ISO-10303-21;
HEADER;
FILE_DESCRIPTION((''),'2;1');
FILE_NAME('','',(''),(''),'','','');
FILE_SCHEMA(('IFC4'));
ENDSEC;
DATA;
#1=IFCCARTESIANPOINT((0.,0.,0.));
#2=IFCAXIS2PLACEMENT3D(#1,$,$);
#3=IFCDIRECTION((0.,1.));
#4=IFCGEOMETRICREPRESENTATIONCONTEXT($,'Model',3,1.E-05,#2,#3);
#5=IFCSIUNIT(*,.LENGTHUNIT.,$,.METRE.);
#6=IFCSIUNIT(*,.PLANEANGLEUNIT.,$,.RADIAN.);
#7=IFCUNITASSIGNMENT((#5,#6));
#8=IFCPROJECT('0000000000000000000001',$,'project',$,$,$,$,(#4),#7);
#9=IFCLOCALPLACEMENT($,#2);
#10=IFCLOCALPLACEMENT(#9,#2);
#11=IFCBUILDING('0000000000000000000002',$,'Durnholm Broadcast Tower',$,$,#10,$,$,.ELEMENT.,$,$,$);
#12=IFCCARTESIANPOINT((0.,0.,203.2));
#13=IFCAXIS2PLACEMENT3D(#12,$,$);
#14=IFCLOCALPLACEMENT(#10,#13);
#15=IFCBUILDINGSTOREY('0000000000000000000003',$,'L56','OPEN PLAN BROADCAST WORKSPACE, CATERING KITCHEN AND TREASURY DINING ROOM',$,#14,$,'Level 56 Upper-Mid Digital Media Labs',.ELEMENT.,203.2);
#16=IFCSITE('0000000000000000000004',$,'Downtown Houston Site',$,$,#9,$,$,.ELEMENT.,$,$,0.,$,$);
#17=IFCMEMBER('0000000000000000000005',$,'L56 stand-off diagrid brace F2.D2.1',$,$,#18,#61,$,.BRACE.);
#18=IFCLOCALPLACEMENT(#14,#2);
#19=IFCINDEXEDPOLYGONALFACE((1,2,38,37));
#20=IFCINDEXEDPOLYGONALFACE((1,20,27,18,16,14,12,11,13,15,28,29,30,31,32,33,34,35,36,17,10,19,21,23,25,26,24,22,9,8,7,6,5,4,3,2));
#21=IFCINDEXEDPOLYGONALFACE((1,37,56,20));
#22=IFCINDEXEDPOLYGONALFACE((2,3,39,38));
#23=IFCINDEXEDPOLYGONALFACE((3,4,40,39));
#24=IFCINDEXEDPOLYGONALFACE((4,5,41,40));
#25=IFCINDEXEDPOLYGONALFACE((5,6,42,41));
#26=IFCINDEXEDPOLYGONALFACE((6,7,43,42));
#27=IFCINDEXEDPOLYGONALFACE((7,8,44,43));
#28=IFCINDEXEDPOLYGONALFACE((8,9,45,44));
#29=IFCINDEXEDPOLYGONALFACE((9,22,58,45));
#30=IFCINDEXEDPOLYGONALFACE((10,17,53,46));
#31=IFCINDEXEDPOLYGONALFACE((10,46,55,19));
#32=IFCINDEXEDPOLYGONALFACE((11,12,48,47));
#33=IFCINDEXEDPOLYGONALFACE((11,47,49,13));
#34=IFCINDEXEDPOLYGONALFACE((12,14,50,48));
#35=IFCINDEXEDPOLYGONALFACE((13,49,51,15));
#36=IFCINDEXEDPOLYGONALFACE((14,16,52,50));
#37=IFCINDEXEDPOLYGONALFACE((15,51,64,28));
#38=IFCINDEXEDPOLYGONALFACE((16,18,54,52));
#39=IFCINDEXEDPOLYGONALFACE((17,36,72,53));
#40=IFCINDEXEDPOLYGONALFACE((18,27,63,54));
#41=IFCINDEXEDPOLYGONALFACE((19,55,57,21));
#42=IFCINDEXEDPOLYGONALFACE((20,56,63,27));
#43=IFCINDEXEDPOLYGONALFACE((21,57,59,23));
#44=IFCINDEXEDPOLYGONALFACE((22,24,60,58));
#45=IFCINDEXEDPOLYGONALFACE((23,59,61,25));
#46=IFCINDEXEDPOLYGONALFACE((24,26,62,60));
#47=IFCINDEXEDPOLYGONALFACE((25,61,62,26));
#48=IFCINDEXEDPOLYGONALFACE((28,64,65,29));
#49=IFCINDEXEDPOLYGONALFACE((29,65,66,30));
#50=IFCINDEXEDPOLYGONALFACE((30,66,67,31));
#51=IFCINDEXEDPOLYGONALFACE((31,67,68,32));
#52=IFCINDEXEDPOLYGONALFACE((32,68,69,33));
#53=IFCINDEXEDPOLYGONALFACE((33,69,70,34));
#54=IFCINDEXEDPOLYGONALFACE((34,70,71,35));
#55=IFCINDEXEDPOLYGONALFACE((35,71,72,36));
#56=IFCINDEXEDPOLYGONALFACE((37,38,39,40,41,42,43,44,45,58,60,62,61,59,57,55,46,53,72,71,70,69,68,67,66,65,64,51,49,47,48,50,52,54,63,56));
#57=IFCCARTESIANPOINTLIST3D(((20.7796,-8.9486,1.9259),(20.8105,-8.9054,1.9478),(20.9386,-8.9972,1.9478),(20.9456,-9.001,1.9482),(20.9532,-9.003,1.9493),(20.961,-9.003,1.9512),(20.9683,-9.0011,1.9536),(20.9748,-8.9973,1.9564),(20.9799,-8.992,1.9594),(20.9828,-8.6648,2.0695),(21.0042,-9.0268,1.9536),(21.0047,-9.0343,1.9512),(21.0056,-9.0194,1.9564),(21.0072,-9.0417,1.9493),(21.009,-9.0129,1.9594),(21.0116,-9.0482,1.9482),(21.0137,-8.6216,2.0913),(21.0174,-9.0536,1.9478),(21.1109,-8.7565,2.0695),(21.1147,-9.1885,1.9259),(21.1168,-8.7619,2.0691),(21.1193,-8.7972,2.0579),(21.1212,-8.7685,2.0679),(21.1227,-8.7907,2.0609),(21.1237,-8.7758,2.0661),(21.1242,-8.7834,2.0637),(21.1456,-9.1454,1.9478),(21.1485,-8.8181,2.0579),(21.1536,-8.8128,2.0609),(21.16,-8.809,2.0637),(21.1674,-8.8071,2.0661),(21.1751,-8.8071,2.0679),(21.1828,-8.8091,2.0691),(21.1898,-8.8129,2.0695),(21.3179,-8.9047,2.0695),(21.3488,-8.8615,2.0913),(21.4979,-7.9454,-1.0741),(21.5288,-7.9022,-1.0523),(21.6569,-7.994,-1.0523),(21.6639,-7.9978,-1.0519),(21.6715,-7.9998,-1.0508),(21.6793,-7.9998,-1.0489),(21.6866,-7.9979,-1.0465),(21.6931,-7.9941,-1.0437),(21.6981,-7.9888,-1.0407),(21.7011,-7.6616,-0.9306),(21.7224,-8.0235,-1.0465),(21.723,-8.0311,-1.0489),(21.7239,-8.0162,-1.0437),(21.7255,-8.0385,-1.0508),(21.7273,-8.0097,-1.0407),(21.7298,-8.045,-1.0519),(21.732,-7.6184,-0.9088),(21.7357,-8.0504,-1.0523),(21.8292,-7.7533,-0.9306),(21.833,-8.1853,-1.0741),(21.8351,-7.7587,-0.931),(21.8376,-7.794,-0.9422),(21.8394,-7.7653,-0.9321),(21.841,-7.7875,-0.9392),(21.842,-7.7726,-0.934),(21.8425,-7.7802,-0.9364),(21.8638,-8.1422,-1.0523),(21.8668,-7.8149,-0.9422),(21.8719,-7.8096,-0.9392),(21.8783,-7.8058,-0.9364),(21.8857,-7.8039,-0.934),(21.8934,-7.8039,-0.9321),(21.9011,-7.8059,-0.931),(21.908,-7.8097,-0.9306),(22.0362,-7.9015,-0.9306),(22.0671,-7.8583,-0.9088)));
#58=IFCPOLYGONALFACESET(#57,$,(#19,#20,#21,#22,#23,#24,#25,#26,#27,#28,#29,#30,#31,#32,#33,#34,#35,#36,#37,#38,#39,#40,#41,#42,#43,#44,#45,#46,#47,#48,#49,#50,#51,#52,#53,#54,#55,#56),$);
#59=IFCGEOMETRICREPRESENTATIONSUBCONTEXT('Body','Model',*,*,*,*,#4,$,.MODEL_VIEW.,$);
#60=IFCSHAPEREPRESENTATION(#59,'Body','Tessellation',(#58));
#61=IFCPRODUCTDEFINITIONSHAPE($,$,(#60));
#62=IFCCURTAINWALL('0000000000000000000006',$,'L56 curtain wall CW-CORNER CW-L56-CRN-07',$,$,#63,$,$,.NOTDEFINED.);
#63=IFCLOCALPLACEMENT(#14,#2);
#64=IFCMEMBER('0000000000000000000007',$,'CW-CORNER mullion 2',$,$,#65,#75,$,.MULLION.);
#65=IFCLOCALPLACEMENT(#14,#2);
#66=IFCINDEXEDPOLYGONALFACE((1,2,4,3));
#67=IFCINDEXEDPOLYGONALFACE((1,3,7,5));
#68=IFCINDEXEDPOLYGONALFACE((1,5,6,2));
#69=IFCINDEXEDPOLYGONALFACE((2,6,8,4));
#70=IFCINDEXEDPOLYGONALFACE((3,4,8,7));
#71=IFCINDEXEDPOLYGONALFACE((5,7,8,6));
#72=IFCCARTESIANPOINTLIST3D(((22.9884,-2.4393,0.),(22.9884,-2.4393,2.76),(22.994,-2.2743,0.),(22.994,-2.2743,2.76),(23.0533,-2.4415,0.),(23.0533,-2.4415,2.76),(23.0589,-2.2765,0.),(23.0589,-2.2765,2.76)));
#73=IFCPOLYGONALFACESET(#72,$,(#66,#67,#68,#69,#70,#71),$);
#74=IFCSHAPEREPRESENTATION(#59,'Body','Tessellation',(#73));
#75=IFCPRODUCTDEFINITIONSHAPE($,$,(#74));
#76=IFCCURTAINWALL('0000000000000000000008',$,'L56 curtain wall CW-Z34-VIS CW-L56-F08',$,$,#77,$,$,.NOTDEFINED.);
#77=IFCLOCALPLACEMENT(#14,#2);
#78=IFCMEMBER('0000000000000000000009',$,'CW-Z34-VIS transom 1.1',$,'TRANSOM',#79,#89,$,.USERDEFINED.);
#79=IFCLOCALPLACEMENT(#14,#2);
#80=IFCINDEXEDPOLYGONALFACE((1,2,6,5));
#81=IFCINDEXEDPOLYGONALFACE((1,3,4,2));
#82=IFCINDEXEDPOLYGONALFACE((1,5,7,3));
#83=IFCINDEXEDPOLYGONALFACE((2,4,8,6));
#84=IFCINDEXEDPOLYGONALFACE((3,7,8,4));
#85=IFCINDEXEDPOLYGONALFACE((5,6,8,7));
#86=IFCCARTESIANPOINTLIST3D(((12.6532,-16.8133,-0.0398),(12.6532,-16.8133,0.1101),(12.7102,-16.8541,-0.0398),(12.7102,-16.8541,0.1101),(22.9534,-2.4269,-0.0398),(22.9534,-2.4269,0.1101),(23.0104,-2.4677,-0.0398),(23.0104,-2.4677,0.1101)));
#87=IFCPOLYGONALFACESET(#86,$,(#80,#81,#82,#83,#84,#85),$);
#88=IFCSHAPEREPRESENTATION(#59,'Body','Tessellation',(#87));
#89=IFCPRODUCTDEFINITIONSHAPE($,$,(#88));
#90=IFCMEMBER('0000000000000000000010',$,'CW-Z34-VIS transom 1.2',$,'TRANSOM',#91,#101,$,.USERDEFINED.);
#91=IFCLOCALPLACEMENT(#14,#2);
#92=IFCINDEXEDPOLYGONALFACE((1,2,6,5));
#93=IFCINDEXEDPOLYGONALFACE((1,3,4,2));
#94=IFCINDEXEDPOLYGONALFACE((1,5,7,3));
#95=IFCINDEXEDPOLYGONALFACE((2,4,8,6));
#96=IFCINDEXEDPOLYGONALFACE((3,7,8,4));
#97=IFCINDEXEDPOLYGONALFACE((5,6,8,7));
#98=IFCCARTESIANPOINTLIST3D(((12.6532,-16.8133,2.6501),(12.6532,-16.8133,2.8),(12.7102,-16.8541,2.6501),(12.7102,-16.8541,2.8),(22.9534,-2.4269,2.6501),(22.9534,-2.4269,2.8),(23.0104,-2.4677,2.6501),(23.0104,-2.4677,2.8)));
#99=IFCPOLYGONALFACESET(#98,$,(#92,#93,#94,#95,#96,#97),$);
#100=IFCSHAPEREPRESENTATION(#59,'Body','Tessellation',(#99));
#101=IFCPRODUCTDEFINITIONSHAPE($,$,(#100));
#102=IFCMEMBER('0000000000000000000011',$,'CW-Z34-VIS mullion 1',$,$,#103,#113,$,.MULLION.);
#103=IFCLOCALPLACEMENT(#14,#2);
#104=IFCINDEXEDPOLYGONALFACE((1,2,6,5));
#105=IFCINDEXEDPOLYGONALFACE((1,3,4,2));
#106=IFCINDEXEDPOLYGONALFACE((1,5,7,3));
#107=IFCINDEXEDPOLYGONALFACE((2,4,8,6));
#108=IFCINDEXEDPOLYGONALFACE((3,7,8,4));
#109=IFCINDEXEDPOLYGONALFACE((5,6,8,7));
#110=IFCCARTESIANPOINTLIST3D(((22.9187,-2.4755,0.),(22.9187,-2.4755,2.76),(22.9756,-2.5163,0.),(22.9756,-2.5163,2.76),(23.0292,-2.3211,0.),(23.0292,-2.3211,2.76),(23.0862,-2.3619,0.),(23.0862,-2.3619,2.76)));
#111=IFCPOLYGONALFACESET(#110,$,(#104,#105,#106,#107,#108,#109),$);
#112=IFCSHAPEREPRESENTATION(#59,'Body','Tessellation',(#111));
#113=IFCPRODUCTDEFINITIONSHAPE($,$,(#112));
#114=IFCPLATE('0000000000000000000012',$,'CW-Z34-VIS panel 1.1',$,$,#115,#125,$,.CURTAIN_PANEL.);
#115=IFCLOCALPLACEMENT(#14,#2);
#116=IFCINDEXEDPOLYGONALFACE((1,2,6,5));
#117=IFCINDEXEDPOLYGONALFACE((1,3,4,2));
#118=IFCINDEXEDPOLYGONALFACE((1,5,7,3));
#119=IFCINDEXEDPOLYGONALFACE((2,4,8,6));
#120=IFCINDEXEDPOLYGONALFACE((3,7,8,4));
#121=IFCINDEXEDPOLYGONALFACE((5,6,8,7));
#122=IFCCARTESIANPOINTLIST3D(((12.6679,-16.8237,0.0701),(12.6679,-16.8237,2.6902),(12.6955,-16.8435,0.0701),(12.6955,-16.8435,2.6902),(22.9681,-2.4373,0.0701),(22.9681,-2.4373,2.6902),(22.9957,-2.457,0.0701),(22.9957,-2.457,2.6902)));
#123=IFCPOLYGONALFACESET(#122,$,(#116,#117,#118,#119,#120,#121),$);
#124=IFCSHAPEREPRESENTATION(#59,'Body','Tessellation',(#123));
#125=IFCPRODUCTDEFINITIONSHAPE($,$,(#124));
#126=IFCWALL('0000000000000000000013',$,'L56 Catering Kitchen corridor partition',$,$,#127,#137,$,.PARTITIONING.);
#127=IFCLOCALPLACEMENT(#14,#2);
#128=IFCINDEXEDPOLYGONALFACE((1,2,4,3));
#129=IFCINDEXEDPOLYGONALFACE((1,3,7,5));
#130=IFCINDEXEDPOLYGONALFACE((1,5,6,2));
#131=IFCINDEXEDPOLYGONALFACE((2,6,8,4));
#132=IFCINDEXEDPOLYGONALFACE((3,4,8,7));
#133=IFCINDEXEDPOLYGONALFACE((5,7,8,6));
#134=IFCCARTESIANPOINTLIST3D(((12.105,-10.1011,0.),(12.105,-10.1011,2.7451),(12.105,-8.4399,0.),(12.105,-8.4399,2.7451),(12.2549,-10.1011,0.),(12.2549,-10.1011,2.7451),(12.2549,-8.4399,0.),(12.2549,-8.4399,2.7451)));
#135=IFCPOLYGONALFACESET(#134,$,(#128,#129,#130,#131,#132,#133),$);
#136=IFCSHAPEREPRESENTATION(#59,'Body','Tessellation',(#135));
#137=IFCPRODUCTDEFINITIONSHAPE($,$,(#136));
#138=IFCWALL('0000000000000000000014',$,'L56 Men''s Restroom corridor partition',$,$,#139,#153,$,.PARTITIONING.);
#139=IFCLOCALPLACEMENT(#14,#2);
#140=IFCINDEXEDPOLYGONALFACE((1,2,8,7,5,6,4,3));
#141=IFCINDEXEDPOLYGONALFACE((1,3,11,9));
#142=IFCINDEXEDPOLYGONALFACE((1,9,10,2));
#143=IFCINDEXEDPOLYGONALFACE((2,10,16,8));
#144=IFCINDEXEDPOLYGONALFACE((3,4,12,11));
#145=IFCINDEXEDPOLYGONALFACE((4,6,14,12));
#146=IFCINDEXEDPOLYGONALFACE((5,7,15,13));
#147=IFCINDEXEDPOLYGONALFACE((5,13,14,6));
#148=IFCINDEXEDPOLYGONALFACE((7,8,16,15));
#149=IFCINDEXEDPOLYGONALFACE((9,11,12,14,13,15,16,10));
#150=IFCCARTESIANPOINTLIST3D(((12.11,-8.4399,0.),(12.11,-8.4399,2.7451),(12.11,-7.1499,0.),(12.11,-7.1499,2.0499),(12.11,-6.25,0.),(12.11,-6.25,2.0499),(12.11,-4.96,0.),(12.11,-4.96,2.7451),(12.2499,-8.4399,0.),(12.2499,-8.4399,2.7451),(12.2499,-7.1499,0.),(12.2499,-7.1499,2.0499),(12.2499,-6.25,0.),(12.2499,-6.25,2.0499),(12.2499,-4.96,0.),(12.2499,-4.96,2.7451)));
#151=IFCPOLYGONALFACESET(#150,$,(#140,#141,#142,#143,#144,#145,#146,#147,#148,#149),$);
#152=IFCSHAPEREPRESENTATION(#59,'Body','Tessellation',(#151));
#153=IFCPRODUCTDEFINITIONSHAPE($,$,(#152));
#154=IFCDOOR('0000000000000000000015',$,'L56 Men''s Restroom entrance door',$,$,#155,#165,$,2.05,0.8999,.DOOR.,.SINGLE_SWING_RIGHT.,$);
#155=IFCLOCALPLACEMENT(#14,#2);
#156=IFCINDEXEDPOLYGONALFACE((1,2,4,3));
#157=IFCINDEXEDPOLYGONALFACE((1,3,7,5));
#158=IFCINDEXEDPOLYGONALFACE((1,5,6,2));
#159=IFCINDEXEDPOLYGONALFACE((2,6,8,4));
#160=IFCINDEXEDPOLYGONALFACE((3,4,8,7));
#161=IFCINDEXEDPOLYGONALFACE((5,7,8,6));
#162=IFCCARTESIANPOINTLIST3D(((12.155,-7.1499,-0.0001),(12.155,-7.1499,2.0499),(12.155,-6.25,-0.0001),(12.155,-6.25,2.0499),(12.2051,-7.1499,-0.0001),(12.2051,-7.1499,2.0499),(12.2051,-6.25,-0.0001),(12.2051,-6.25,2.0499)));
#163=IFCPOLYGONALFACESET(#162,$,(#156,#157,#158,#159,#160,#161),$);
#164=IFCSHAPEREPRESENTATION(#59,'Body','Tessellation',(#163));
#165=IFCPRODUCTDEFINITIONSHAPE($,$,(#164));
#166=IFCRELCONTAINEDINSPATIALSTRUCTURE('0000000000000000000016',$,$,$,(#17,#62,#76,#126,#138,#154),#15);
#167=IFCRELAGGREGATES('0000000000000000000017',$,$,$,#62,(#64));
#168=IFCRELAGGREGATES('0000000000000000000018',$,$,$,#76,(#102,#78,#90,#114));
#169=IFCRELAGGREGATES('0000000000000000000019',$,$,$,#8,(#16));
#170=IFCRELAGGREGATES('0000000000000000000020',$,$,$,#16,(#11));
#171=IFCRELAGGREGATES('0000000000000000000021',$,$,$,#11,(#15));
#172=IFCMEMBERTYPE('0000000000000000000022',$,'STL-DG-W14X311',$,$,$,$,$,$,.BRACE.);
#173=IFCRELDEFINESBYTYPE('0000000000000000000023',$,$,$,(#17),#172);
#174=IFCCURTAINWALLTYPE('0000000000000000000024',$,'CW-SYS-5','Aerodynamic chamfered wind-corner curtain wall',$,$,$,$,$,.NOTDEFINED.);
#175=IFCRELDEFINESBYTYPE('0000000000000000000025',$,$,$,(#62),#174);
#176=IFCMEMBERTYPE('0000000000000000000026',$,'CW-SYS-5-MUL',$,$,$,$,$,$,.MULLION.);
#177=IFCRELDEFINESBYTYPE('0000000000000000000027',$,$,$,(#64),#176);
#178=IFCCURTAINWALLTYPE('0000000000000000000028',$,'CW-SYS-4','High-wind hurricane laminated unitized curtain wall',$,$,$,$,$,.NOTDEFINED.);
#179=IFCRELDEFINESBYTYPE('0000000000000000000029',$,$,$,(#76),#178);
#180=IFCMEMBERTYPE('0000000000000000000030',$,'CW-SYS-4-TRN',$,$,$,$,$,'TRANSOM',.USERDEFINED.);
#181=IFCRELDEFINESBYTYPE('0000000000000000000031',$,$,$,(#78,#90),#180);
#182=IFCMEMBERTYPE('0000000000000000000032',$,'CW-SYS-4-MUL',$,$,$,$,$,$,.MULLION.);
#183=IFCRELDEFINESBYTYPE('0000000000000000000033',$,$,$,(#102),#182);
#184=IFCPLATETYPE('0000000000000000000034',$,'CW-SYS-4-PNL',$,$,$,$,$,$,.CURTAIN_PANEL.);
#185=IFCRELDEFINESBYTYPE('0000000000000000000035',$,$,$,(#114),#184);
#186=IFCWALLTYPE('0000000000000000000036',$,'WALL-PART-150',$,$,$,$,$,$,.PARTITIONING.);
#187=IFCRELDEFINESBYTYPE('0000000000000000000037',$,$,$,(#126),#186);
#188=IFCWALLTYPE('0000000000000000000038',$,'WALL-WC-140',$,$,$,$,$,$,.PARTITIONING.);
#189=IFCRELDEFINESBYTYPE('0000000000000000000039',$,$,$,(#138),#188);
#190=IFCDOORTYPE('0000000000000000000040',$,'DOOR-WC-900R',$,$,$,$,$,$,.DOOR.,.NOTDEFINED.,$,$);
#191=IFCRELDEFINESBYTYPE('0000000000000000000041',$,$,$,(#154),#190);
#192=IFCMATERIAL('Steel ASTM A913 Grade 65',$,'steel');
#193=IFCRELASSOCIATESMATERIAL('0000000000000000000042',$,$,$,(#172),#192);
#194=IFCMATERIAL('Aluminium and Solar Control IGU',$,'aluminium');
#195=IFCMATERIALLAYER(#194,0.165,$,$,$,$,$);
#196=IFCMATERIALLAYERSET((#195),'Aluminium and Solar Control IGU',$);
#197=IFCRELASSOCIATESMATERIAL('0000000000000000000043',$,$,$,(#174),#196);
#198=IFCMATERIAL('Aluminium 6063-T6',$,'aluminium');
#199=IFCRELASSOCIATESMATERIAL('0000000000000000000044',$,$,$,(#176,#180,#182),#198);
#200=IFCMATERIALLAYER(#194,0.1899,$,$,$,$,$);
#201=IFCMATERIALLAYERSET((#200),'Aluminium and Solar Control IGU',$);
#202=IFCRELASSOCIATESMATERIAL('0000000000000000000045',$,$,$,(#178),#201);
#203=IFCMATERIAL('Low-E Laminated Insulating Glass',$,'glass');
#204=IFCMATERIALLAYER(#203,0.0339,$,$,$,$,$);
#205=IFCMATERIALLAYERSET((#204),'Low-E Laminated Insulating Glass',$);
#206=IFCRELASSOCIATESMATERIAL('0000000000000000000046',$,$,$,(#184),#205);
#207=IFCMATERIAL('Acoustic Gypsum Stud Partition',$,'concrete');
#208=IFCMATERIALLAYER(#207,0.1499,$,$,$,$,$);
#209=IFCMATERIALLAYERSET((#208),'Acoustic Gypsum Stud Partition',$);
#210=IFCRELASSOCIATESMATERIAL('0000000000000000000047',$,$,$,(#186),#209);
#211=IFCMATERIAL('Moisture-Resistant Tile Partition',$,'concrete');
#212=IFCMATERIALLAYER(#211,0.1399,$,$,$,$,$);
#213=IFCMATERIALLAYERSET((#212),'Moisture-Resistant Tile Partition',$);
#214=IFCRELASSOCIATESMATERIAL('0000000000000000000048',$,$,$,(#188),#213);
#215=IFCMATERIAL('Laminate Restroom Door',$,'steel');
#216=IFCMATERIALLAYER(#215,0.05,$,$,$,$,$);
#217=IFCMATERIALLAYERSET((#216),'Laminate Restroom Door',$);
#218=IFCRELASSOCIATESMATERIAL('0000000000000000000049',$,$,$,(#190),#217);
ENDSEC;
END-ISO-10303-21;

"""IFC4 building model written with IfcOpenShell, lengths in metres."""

from ifc_helpers import new_model, si_unit, direction, frame, frame_2d, origin, origin_2d, place, context, subcontext, project, spatial, rectangle, i_section, extrude, source, transform, mapped, material, layer, layer_set, material_profile, profile_set, type_object, type_shapes, element, fill, aggregate, save


model = new_model("IFC4")

# Units and contexts
model_context = context("Model", 3, precision=1e-05, world=origin(), true_north=direction((0.0, 1.0)))
body_context = subcontext(model_context, "Body", "Model", "MODEL_VIEW")
ifc_project = project(units=[si_unit("LENGTHUNIT", "METRE"), si_unit("PLANEANGLEUNIT", "RADIAN")], contexts=[model_context])

# Site, building, storey
site_placement = place(None, origin())
site = spatial("IfcSite", under=ifc_project, at=site_placement, Name="Downtown Houston Site", CompositionType="ELEMENT", RefElevation=0.0)
building_placement = place(site_placement, origin())
building = spatial("IfcBuilding", under=site, at=building_placement, Name="Durnholm Broadcast Tower", CompositionType="ELEMENT")
storey_placement = place(building_placement, frame((0.0, 0.0, 203.2)))
storey = spatial("IfcBuildingStorey", under=building, at=storey_placement, Name="L56", Description="OPEN PLAN BROADCAST WORKSPACE, CATERING KITCHEN AND TREASURY DINING ROOM", LongName="Level 56 Upper-Mid Digital Media Labs", CompositionType="ELEMENT", Elevation=203.2)

# Member
ifc_material_1 = material(Name="Steel ASTM A913 Grade 65", Category="steel")
ifc_material_profile_1 = material_profile(ifc_material_1, i_section(OverallWidth=0.4121, OverallDepth=0.4348, WebThickness=0.0359, FlangeThickness=0.0574, FilletRadius=0.0305, at=origin_2d()), Name="W14X311")
ifc_profile_set_1 = profile_set([ifc_material_profile_1], Name="Steel ASTM A913 Grade 65")
member_type_1 = type_object("IfcMemberType", Name="STL-DG-W14X311", PredefinedType="BRACE", material=ifc_profile_set_1)
shared_shape_1 = source(origin(), body_context, "Body", "SweptSolid", [
    extrude(i_section(OverallWidth=0.4121, OverallDepth=0.4348, WebThickness=0.0359, FlangeThickness=0.0574, FilletRadius=0.0305, at=origin_2d()), origin(), (0.0, 0.0, 1.0), 3.2439),
])
member_1_placement = place(storey_placement, frame((21.7825, -7.9019, -0.9915), z_axis=(-0.221426, -0.309259, 0.92484), x_axis=(0.813078, -0.582155, 0.0)))
element("IfcMember", 1, at=member_1_placement, inside=storey, type_object=member_type_1, Name="L56 stand-off diagrid brace F2.D2.1", PredefinedType="BRACE", context=body_context, shape_type="MappedRepresentation", body=[
    mapped(shared_shape_1, transform((0.0, 0.0, 0.0), x_axis=(1.0, 0.0, 0.0), y_axis=(0.0, 1.0, 0.0), z_axis=(0.0, 0.0, 1.0), scale=1.0)),
])

# Curtain wall, member
ifc_material_2 = material(Name="Aluminium and Solar Control IGU", Category="aluminium")
ifc_layer_1 = layer(ifc_material_2, 0.165)
ifc_layer_set_1 = layer_set([ifc_layer_1], Name="Aluminium and Solar Control IGU")
curtain_wall_type_1 = type_object("IfcCurtainWallType", Name="CW-SYS-5", Description="Aerodynamic chamfered wind-corner curtain wall", PredefinedType="NOTDEFINED", material=ifc_layer_set_1)
curtain_wall_1_placement = place(storey_placement, origin())
curtain_wall_1 = element("IfcCurtainWall", 2, at=curtain_wall_1_placement, inside=storey, type_object=curtain_wall_type_1, Name="L56 curtain wall CW-CORNER CW-L56-CRN-07", PredefinedType="NOTDEFINED")
ifc_material_3 = material(Name="Aluminium 6063-T6", Category="aluminium")
ifc_material_profile_2 = material_profile(ifc_material_3, rectangle(XDim=0.0649, YDim=0.165, at=origin_2d()), Name="CWM65X165")
ifc_profile_set_2 = profile_set([ifc_material_profile_2], Name="Aluminium 6063-T6")
member_type_2 = type_object("IfcMemberType", Name="CW-SYS-5-MUL", PredefinedType="MULLION", material=ifc_profile_set_2)
shared_shape_2 = source(origin(), body_context, "Body", "SweptSolid", [
    extrude(rectangle(XDim=0.0649, YDim=0.165, at=origin_2d()), origin(), (0.0, 0.0, 1.0), 2.76),
])
type_shapes(member_type_2, [shared_shape_2])
member_2_placement = place(storey_placement, frame((23.0237, -2.3579, 0.0), z_axis=(0.0, 0.0, 1.0), x_axis=(0.999425, -0.033913, 0.0)))
member_2 = element("IfcMember", 3, at=member_2_placement, type_object=member_type_2, Name="CW-CORNER mullion 2", PredefinedType="MULLION", context=body_context, shape_type="MappedRepresentation", body=[
    mapped(shared_shape_2, transform((0.0, 0.0, 0.0), x_axis=(1.0, 0.0, 0.0), y_axis=(0.0, 1.0, 0.0), z_axis=(0.0, 0.0, 1.0), scale=1.0)),
])
aggregate(curtain_wall_1, [member_2])

# Curtain wall, members, plate
ifc_layer_2 = layer(ifc_material_2, 0.1899)
ifc_layer_set_2 = layer_set([ifc_layer_2], Name="Aluminium and Solar Control IGU")
curtain_wall_type_2 = type_object("IfcCurtainWallType", Name="CW-SYS-4", Description="High-wind hurricane laminated unitized curtain wall", PredefinedType="NOTDEFINED", material=ifc_layer_set_2)
curtain_wall_2_placement = place(storey_placement, origin())
curtain_wall_2 = element("IfcCurtainWall", 4, at=curtain_wall_2_placement, inside=storey, type_object=curtain_wall_type_2, Name="L56 curtain wall CW-Z34-VIS CW-L56-F08", PredefinedType="NOTDEFINED")
ifc_material_profile_3 = material_profile(ifc_material_3, rectangle(XDim=0.0701, YDim=0.1499, at=origin_2d()), Name="CWT70X150")
ifc_profile_set_3 = profile_set([ifc_material_profile_3], Name="Aluminium 6063-T6")
member_type_3 = type_object("IfcMemberType", Name="CW-SYS-4-TRN", ElementType="TRANSOM", PredefinedType="USERDEFINED", material=ifc_profile_set_3)
shared_shape_3 = source(origin(), body_context, "Body", "SweptSolid", [
    extrude(rectangle(XDim=0.0701, YDim=0.1499, at=origin_2d()), origin(), (0.0, 0.0, 1.0), 17.6936),
])
type_shapes(member_type_3, [shared_shape_3])
member_3_placement = place(storey_placement, frame((22.9819, -2.4473, 0.0352), z_axis=(-0.582145, -0.813085, 0.0), x_axis=(0.813085, -0.582145, 0.0)))
member_3 = element("IfcMember", 5, at=member_3_placement, type_object=member_type_3, Name="CW-Z34-VIS transom 1.1", ObjectType="TRANSOM", PredefinedType="USERDEFINED", context=body_context, shape_type="MappedRepresentation", body=[
    mapped(shared_shape_3, transform((0.0, 0.0, 0.0), x_axis=(1.0, 0.0, 0.0), y_axis=(0.0, 1.0, 0.0), z_axis=(0.0, 0.0, 1.0), scale=1.0)),
])
member_4_placement = place(storey_placement, frame((22.9819, -2.4473, 2.7251), z_axis=(-0.582145, -0.813085, 0.0), x_axis=(0.813085, -0.582145, 0.0)))
member_4 = element("IfcMember", 6, at=member_4_placement, type_object=member_type_3, Name="CW-Z34-VIS transom 1.2", ObjectType="TRANSOM", PredefinedType="USERDEFINED", context=body_context, shape_type="MappedRepresentation", body=[
    mapped(shared_shape_3, transform((0.0, 0.0, 0.0), x_axis=(1.0, 0.0, 0.0), y_axis=(0.0, 1.0, 0.0), z_axis=(0.0, 0.0, 1.0), scale=1.0)),
])
ifc_material_profile_4 = material_profile(ifc_material_3, rectangle(XDim=0.0701, YDim=0.1899, at=origin_2d()), Name="CWM70X190")
ifc_profile_set_4 = profile_set([ifc_material_profile_4], Name="Aluminium 6063-T6")
member_type_4 = type_object("IfcMemberType", Name="CW-SYS-4-MUL", PredefinedType="MULLION", material=ifc_profile_set_4)
shared_shape_4 = source(origin(), body_context, "Body", "SweptSolid", [
    extrude(rectangle(XDim=0.0701, YDim=0.1899, at=origin_2d()), origin(), (0.0, 0.0, 1.0), 2.76),
])
type_shapes(member_type_4, [shared_shape_4])
member_5_placement = place(storey_placement, frame((23.0024, -2.4187, 0.0), z_axis=(0.0, 0.0, 1.0), x_axis=(0.813089, -0.582139, 0.0)))
member_5 = element("IfcMember", 7, at=member_5_placement, type_object=member_type_4, Name="CW-Z34-VIS mullion 1", PredefinedType="MULLION", context=body_context, shape_type="MappedRepresentation", body=[
    mapped(shared_shape_4, transform((0.0, 0.0, 0.0), x_axis=(1.0, 0.0, 0.0), y_axis=(0.0, 1.0, 0.0), z_axis=(0.0, 0.0, 1.0), scale=1.0)),
])
ifc_material_4 = material(Name="Low-E Laminated Insulating Glass", Category="glass")
ifc_layer_3 = layer(ifc_material_4, 0.0339)
ifc_layer_set_3 = layer_set([ifc_layer_3], Name="Low-E Laminated Insulating Glass")
plate_type = type_object("IfcPlateType", Name="CW-SYS-4-PNL", PredefinedType="CURTAIN_PANEL", material=ifc_layer_set_3)
shared_shape_5 = source(origin(), body_context, "Body", "SweptSolid", [
    extrude(rectangle(XDim=17.6936, YDim=0.0339, at=origin_2d()), origin(), (0.0, 0.0, 1.0), 2.6201),
])
type_shapes(plate_type, [shared_shape_5])
plate_placement = place(storey_placement, frame((17.8318, -9.6404, 0.0701), z_axis=(0.0, 0.0, 1.0), x_axis=(-0.582139, -0.813089, 0.0)))
plate = element("IfcPlate", 8, at=plate_placement, type_object=plate_type, Name="CW-Z34-VIS panel 1.1", PredefinedType="CURTAIN_PANEL", context=body_context, shape_type="MappedRepresentation", body=[
    mapped(shared_shape_5, transform((0.0, 0.0, 0.0), x_axis=(1.0, 0.0, 0.0), y_axis=(0.0, 1.0, 0.0), z_axis=(0.0, 0.0, 1.0), scale=1.0)),
])
aggregate(curtain_wall_2, [member_5, member_3, member_4, plate])

# Wall
ifc_material_5 = material(Name="Acoustic Gypsum Stud Partition", Category="concrete")
ifc_layer_4 = layer(ifc_material_5, 0.1499)
ifc_layer_set_4 = layer_set([ifc_layer_4], Name="Acoustic Gypsum Stud Partition")
wall_type_1 = type_object("IfcWallType", Name="WALL-PART-150", PredefinedType="PARTITIONING", material=ifc_layer_set_4)
wall_1_placement = place(storey_placement, frame((12.1799, -10.1011, 0.0), z_axis=(0.0, 0.0, 1.0), x_axis=(0.0, 1.0, 0.0)))
element("IfcWall", 9, at=wall_1_placement, inside=storey, type_object=wall_type_1, Name="L56 Catering Kitchen corridor partition", PredefinedType="PARTITIONING", context=body_context, shape_type="SweptSolid", body=[
    extrude(rectangle(XDim=1.6611, YDim=0.1499, at=frame_2d((0.8306, 0.0))), origin(), (0.0, 0.0, 1.0), 2.7451),
])

# Wall, opening, door
ifc_material_6 = material(Name="Moisture-Resistant Tile Partition", Category="concrete")
ifc_layer_5 = layer(ifc_material_6, 0.1399)
ifc_layer_set_5 = layer_set([ifc_layer_5], Name="Moisture-Resistant Tile Partition")
wall_type_2 = type_object("IfcWallType", Name="WALL-WC-140", PredefinedType="PARTITIONING", material=ifc_layer_set_5)
wall_2_placement = place(storey_placement, frame((12.1799, -8.4399, 0.0), z_axis=(0.0, 0.0, 1.0), x_axis=(0.0, 1.0, 0.0)))
wall_2 = element("IfcWall", 10, at=wall_2_placement, inside=storey, type_object=wall_type_2, Name="L56 Men's Restroom corridor partition", PredefinedType="PARTITIONING", context=body_context, shape_type="SweptSolid", body=[
    extrude(rectangle(XDim=3.48, YDim=0.1399, at=frame_2d((1.74, 0.0))), origin(), (0.0, 0.0, 1.0), 2.7451),
])
opening_1_placement = place(wall_2_placement, frame((1.29, 0.0, 0.0)))
opening_1 = element("IfcOpeningElement", 11, at=opening_1_placement, cuts=wall_2, PredefinedType="OPENING", context=body_context, shape_type="SweptSolid", body=[
    extrude(rectangle(XDim=0.8999, YDim=2.05, at=frame_2d((0.45, 1.0249))), frame((0.0, 0.0801, 0.0), z_axis=(0.0, -1.0, 0.0), x_axis=(1.0, 0.0, 0.0)), (0.0, 0.0, 1.0), 0.1599),
])
ifc_material_7 = material(Name="Laminate Restroom Door", Category="steel")
ifc_layer_6 = layer(ifc_material_7, 0.05)
ifc_layer_set_6 = layer_set([ifc_layer_6], Name="Laminate Restroom Door")
door_type_1 = type_object("IfcDoorType", Name="DOOR-WC-900R", OperationType="NOTDEFINED", PredefinedType="DOOR", material=ifc_layer_set_6)
shared_shape_6 = source(origin(), body_context, "Body", "SweptSolid", [
    extrude(rectangle(XDim=0.8999, YDim=2.05, at=frame_2d((0.45, 1.0249))), frame((0.0, 0.0249, 0.0), z_axis=(0.0, -1.0, 0.0), x_axis=(1.0, 0.0, 0.0)), (0.0, 0.0, 1.0), 0.05),
])
type_shapes(door_type_1, [shared_shape_6])
door_1_placement = place(opening_1_placement, origin())
door_1 = element("IfcDoor", 12, at=door_1_placement, inside=storey, type_object=door_type_1, Name="L56 Men's Restroom entrance door", OperationType="SINGLE_SWING_RIGHT", OverallHeight=2.05, OverallWidth=0.8999, PredefinedType="DOOR", context=body_context, shape_type="MappedRepresentation", body=[
    mapped(shared_shape_6, transform((0.0, 0.0, 0.0), x_axis=(1.0, 0.0, 0.0), y_axis=(0.0, 1.0, 0.0), z_axis=(0.0, 0.0, 1.0), scale=1.0)),
])
fill(opening_1, door_1)

save(model, "model.ifc")
